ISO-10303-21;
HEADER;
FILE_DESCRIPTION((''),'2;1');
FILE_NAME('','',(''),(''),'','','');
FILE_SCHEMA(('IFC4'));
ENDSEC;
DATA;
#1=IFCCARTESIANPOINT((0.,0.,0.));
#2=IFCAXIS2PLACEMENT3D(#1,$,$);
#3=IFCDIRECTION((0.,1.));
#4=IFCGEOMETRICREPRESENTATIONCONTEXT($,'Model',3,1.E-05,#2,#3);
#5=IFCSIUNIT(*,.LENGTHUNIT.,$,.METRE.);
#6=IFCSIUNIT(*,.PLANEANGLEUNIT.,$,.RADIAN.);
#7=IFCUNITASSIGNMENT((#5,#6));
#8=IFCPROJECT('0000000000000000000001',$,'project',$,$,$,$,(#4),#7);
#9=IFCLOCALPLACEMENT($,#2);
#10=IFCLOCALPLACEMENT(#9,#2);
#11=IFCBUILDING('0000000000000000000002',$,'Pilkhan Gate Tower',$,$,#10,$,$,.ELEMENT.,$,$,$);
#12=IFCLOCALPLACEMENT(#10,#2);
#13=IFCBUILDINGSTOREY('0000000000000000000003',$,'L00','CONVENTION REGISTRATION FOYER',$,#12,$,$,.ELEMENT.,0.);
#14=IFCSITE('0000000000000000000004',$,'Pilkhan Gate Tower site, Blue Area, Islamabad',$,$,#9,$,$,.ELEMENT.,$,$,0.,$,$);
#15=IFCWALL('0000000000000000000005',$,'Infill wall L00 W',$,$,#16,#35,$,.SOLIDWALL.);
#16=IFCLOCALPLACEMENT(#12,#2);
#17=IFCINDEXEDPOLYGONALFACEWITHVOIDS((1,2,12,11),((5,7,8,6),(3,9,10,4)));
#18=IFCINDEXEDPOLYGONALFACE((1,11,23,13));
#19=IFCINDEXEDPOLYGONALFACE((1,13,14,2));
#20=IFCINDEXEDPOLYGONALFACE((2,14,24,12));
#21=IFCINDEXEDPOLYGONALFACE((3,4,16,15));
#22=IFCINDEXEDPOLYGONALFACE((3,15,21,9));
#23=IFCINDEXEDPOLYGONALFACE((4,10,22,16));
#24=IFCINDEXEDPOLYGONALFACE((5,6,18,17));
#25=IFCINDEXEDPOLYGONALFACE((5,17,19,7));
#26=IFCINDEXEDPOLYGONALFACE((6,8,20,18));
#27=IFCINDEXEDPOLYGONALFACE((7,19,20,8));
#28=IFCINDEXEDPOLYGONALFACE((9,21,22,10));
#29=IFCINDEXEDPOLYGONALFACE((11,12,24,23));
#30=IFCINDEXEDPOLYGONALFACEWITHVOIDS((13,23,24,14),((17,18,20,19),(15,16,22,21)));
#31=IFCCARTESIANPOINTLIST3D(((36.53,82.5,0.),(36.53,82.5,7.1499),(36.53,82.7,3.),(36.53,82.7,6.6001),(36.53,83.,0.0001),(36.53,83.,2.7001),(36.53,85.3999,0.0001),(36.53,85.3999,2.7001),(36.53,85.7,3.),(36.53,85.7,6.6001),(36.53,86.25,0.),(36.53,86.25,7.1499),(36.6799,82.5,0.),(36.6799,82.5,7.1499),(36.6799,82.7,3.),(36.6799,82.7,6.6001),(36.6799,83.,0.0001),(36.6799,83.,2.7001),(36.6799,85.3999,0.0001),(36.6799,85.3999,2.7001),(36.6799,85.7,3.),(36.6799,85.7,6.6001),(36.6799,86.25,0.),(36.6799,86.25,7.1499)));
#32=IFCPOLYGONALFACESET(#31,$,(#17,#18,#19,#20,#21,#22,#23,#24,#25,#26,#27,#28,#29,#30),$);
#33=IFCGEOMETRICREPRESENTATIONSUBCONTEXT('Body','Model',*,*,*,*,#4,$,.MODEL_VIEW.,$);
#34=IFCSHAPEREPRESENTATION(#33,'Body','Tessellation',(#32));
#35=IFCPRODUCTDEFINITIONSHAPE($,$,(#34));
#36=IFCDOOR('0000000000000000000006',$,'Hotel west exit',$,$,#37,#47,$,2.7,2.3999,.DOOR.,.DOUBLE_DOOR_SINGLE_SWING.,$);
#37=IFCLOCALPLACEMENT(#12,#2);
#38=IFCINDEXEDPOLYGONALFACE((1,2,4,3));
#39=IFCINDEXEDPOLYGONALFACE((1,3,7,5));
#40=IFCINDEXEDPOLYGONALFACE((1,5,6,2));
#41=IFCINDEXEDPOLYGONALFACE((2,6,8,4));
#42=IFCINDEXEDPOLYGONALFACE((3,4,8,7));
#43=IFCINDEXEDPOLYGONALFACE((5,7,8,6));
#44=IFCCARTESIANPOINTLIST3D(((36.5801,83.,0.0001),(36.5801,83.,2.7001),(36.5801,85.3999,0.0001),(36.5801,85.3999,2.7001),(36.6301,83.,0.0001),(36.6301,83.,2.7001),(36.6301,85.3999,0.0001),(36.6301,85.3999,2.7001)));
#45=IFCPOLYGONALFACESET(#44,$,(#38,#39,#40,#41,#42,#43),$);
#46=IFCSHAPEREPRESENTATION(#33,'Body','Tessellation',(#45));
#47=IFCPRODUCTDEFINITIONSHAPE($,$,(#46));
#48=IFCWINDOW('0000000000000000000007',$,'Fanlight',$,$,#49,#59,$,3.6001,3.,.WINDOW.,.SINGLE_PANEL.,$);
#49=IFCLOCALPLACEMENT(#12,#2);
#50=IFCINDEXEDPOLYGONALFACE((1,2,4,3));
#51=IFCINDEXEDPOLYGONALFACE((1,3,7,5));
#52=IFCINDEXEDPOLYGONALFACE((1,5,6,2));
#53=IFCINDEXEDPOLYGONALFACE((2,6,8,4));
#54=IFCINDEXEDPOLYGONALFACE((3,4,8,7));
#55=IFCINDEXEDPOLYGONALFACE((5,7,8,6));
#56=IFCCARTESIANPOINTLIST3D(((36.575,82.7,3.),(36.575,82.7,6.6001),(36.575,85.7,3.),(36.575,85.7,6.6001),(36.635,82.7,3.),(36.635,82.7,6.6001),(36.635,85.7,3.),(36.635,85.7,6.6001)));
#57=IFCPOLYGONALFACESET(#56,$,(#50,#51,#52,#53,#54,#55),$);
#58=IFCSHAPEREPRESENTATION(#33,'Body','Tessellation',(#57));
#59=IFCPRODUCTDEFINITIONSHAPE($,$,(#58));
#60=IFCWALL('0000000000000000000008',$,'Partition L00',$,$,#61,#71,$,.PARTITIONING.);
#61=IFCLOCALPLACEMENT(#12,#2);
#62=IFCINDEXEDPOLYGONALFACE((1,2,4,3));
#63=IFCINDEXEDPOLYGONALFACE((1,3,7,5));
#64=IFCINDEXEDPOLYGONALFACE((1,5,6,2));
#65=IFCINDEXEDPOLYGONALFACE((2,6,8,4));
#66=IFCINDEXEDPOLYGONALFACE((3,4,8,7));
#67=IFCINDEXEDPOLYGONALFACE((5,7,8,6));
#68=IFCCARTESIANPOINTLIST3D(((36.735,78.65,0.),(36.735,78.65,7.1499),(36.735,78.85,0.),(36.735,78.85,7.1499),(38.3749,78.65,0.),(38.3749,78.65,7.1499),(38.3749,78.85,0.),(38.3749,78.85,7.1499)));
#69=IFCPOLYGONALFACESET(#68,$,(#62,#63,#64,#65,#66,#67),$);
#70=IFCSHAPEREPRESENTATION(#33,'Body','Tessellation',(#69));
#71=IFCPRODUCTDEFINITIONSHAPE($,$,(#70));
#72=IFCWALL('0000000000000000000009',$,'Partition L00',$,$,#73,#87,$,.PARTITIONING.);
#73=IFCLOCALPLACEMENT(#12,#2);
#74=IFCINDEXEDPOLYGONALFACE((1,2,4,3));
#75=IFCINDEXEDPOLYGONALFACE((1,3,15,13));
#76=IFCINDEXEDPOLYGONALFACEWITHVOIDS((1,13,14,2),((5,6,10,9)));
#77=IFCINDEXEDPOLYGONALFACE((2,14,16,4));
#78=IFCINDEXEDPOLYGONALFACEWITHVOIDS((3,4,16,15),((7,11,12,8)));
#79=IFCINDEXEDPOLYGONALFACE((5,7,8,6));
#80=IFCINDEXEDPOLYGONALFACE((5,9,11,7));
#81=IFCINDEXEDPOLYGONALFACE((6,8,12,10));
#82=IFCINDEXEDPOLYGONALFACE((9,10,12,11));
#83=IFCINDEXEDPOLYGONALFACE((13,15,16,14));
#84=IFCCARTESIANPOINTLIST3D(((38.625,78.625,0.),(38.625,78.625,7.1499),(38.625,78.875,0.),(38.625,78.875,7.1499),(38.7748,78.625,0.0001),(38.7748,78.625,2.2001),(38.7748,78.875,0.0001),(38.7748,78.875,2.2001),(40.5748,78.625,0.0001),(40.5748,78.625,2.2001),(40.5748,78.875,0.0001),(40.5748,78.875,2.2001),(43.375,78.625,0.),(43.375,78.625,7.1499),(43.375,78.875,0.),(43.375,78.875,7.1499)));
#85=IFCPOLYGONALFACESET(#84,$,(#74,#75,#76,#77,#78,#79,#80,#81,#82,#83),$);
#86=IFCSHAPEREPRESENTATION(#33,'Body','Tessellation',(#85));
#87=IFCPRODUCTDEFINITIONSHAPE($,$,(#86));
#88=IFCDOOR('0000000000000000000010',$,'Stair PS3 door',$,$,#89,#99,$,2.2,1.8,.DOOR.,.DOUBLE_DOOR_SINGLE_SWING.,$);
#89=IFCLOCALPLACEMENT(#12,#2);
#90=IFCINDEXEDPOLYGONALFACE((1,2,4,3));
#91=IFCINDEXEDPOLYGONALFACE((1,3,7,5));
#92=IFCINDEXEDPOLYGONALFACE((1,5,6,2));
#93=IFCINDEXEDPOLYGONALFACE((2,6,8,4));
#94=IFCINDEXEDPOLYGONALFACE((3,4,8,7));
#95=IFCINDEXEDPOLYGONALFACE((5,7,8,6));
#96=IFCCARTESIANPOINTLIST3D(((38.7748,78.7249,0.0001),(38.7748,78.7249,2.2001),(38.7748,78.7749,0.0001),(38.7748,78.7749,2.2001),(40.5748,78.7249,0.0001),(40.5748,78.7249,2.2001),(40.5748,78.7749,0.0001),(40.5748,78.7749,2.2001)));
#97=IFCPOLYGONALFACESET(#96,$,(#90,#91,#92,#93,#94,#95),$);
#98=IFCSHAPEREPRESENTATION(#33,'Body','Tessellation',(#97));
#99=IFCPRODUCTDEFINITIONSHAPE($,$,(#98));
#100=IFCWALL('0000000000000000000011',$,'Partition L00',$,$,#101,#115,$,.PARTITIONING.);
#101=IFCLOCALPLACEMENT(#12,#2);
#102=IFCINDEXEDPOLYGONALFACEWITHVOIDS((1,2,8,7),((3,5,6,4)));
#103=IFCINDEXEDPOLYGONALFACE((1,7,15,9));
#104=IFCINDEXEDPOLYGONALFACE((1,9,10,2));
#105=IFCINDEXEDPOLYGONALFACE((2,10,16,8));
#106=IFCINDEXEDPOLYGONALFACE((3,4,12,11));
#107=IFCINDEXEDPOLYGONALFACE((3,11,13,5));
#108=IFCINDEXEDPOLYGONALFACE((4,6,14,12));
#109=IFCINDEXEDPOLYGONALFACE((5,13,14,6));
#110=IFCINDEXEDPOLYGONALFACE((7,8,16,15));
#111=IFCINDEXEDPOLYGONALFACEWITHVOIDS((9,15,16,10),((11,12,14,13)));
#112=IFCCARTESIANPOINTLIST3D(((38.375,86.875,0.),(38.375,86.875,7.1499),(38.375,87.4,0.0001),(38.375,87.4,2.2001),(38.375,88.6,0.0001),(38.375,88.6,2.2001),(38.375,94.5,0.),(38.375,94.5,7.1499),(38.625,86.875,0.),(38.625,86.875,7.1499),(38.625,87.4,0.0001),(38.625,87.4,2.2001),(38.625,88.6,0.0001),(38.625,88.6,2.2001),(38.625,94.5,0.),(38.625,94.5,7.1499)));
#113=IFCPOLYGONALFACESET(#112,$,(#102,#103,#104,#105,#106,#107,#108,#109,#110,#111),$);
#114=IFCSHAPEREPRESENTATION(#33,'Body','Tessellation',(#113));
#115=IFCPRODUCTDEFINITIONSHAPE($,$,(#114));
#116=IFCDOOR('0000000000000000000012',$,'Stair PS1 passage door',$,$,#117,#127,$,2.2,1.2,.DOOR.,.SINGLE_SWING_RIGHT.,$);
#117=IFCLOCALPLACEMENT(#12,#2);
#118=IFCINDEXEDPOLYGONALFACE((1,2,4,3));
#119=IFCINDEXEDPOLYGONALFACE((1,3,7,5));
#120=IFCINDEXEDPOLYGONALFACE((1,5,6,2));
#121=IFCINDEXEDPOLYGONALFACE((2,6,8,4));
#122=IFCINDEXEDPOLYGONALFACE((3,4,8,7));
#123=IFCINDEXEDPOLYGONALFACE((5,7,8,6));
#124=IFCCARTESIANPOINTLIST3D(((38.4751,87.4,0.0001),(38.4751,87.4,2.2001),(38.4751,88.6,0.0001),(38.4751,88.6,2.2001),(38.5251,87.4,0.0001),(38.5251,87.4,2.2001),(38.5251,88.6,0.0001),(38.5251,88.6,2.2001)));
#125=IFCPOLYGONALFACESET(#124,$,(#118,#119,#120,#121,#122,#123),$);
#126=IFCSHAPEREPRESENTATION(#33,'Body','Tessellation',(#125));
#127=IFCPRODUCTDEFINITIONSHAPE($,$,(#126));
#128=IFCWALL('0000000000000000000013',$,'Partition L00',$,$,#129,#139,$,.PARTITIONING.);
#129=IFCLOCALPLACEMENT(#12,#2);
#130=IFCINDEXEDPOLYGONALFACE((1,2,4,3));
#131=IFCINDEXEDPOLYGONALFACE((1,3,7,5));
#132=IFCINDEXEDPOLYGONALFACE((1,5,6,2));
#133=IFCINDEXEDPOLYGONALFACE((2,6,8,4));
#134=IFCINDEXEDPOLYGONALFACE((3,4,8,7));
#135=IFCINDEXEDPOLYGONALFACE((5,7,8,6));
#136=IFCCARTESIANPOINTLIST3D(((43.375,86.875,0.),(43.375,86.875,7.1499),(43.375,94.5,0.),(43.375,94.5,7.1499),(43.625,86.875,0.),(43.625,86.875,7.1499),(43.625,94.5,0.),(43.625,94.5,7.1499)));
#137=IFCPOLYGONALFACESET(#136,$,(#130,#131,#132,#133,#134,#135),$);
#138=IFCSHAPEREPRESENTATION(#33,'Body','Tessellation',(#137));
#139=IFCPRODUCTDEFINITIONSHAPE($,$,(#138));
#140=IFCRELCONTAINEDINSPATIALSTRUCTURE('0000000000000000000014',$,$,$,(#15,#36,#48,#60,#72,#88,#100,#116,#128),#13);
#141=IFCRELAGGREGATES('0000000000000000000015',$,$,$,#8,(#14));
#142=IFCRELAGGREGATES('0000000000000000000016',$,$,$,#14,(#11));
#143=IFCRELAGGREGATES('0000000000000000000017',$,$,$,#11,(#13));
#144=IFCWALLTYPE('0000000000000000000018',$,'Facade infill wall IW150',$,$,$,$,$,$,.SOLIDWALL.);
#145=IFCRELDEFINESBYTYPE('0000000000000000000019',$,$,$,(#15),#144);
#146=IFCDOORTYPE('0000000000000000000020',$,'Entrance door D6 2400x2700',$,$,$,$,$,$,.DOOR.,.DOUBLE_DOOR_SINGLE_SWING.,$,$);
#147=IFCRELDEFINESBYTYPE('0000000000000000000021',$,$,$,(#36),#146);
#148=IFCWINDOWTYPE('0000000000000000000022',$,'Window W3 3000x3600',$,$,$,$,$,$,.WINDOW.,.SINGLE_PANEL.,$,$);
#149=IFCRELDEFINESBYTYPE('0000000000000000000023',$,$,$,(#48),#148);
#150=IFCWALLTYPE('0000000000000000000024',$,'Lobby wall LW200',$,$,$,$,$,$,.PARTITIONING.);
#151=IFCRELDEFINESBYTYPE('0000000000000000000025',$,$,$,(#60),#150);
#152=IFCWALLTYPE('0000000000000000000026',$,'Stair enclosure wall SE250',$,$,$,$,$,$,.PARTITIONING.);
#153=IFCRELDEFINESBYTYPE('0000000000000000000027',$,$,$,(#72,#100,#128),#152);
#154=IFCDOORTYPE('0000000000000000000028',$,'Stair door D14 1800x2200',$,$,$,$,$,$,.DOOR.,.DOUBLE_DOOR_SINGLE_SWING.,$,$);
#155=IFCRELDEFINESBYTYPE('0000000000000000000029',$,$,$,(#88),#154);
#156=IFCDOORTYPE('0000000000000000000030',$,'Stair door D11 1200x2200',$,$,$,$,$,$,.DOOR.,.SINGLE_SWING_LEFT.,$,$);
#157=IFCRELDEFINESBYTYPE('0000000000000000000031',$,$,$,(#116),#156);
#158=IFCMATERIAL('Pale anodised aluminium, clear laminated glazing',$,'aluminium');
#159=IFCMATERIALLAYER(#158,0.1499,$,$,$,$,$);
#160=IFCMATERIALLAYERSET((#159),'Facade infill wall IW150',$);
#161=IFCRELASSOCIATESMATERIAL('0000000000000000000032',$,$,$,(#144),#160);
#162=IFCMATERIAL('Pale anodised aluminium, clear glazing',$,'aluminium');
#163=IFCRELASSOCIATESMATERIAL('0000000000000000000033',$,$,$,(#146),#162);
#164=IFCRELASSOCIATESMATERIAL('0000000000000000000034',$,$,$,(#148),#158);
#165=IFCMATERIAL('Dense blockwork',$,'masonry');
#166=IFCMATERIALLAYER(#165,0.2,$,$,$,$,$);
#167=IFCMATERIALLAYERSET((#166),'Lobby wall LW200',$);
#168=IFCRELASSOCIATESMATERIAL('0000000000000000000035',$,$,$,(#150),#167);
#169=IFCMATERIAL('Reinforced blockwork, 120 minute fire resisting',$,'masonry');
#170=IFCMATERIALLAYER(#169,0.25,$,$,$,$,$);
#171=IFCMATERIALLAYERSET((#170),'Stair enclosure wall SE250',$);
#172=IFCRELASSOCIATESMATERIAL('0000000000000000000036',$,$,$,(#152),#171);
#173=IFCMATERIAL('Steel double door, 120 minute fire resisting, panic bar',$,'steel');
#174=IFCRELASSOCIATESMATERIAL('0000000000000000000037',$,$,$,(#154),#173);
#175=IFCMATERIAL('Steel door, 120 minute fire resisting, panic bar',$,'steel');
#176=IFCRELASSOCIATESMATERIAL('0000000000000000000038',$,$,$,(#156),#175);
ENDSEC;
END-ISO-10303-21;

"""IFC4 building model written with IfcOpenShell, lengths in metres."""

from ifc_helpers import new_model, si_unit, direction, frame, frame_2d, origin, place, context, subcontext, project, spatial, rectangle, extrude, material, layer, layer_set, type_object, element, fill, save


model = new_model("IFC4")

# Units and contexts
model_context = context("Model", 3, precision=1e-05, world=origin(), true_north=direction((0.0, 1.0)))
body_context = subcontext(model_context, "Body", "Model", "MODEL_VIEW")
ifc_project = project(units=[si_unit("LENGTHUNIT", "METRE"), si_unit("PLANEANGLEUNIT", "RADIAN")], contexts=[model_context])

# Site, building, storey
site_placement = place(None, origin())
site = spatial("IfcSite", under=ifc_project, at=site_placement, Name="Pilkhan Gate Tower site, Blue Area, Islamabad", CompositionType="ELEMENT", RefElevation=0.0)
building_placement = place(site_placement, origin())
building = spatial("IfcBuilding", under=site, at=building_placement, Name="Pilkhan Gate Tower", CompositionType="ELEMENT")
storey_placement = place(building_placement, origin())
storey = spatial("IfcBuildingStorey", under=building, at=storey_placement, Name="L00", Description="CONVENTION REGISTRATION FOYER", CompositionType="ELEMENT", Elevation=0.0)

# Wall, openings, door, window
ifc_material_1 = material(Name="Pale anodised aluminium, clear laminated glazing", Category="aluminium")
ifc_layer_1 = layer(ifc_material_1, 0.1499)
ifc_layer_set_1 = layer_set([ifc_layer_1], Name="Facade infill wall IW150")
wall_type_1 = type_object("IfcWallType", Name="Facade infill wall IW150", PredefinedType="SOLIDWALL", material=ifc_layer_set_1)
ifc_material_2 = material(Name="Pale anodised aluminium, clear glazing", Category="aluminium")
door_type_1 = type_object("IfcDoorType", Name="Entrance door D6 2400x2700", OperationType="DOUBLE_DOOR_SINGLE_SWING", PredefinedType="DOOR", material=ifc_material_2)
window_type = type_object("IfcWindowType", Name="Window W3 3000x3600", PartitioningType="SINGLE_PANEL", PredefinedType="WINDOW", material=ifc_material_1)
wall_1_placement = place(storey_placement, frame((36.605, 82.5, 0.0), z_axis=(0.0, 0.0, 1.0), x_axis=(0.0, 1.0, 0.0)))
wall_1 = element("IfcWall", 1, at=wall_1_placement, inside=storey, type_object=wall_type_1, Name="Infill wall L00 W", PredefinedType="SOLIDWALL", context=body_context, shape_type="SweptSolid", body=[
    extrude(rectangle(XDim=3.75, YDim=0.1499, at=frame_2d((1.875, 0.0))), origin(), (0.0, 0.0, 1.0), 7.1499),
])
opening_1_placement = place(wall_1_placement, frame((0.5, 0.0, 0.0)))
opening_1 = element("IfcOpeningElement", 2, at=opening_1_placement, cuts=wall_1, PredefinedType="OPENING", context=body_context, shape_type="SweptSolid", body=[
    extrude(rectangle(XDim=2.3999, YDim=2.7, at=frame_2d((1.2, 1.3501))), frame((0.0, 0.085, 0.0), z_axis=(0.0, -1.0, 0.0), x_axis=(1.0, 0.0, 0.0)), (0.0, 0.0, 1.0), 0.1699),
])
opening_2_placement = place(wall_1_placement, frame((0.2, 0.0, 3.0)))
opening_2 = element("IfcOpeningElement", 3, at=opening_2_placement, cuts=wall_1, PredefinedType="OPENING", context=body_context, shape_type="SweptSolid", body=[
    extrude(rectangle(XDim=3.0, YDim=3.6001, at=frame_2d((1.5, 1.8))), frame((0.0, 0.085, 0.0), z_axis=(0.0, -1.0, 0.0), x_axis=(1.0, 0.0, 0.0)), (0.0, 0.0, 1.0), 0.1699),
])
door_1_placement = place(opening_1_placement, origin())
door_1 = element("IfcDoor", 4, at=door_1_placement, inside=storey, type_object=door_type_1, Name="Hotel west exit", OperationType="DOUBLE_DOOR_SINGLE_SWING", OverallHeight=2.7, OverallWidth=2.3999, PredefinedType="DOOR", context=body_context, shape_type="SweptSolid", body=[
    extrude(rectangle(XDim=2.3999, YDim=2.7, at=frame_2d((1.2, 1.3501))), frame((0.0, 0.0249, 0.0), z_axis=(0.0, -1.0, 0.0), x_axis=(1.0, 0.0, 0.0)), (0.0, 0.0, 1.0), 0.05),
])
fill(opening_1, door_1)
window_1_placement = place(opening_2_placement, origin())
window_1 = element("IfcWindow", 5, at=window_1_placement, inside=storey, type_object=window_type, Name="Fanlight", OverallHeight=3.6001, OverallWidth=3.0, PartitioningType="SINGLE_PANEL", PredefinedType="WINDOW", context=body_context, shape_type="SweptSolid", body=[
    extrude(rectangle(XDim=3.0, YDim=3.6001, at=frame_2d((1.5, 1.8))), frame((0.0, 0.03, 0.0), z_axis=(0.0, -1.0, 0.0), x_axis=(1.0, 0.0, 0.0)), (0.0, 0.0, 1.0), 0.0601),
])
fill(opening_2, window_1)

# Wall
ifc_material_3 = material(Name="Dense blockwork", Category="masonry")
ifc_layer_2 = layer(ifc_material_3, 0.2)
ifc_layer_set_2 = layer_set([ifc_layer_2], Name="Lobby wall LW200")
wall_type_2 = type_object("IfcWallType", Name="Lobby wall LW200", PredefinedType="PARTITIONING", material=ifc_layer_set_2)
wall_2_placement = place(storey_placement, frame((36.7351, 78.75, 0.0), z_axis=(0.0, 0.0, 1.0), x_axis=(1.0, 0.0, 0.0)))
element("IfcWall", 6, at=wall_2_placement, inside=storey, type_object=wall_type_2, Name="Partition L00", PredefinedType="PARTITIONING", context=body_context, shape_type="SweptSolid", body=[
    extrude(rectangle(XDim=1.6399, YDim=0.2, at=frame_2d((0.8198, 0.0))), origin(), (0.0, 0.0, 1.0), 7.1499),
])

# Walls, openings, doors
ifc_material_4 = material(Name="Reinforced blockwork, 120 minute fire resisting", Category="masonry")
ifc_layer_3 = layer(ifc_material_4, 0.25)
ifc_layer_set_3 = layer_set([ifc_layer_3], Name="Stair enclosure wall SE250")
wall_type_3 = type_object("IfcWallType", Name="Stair enclosure wall SE250", PredefinedType="PARTITIONING", material=ifc_layer_set_3)
wall_3_placement = place(storey_placement, frame((38.625, 78.75, 0.0), z_axis=(0.0, 0.0, 1.0), x_axis=(1.0, 0.0, 0.0)))
wall_3 = element("IfcWall", 7, at=wall_3_placement, inside=storey, type_object=wall_type_3, Name="Partition L00", PredefinedType="PARTITIONING", context=body_context, shape_type="SweptSolid", body=[
    extrude(rectangle(XDim=4.75, YDim=0.25, at=frame_2d((2.375, 0.0))), origin(), (0.0, 0.0, 1.0), 7.1499),
])
opening_3_placement = place(wall_3_placement, frame((0.1499, 0.0, 0.0)))
opening_3 = element("IfcOpeningElement", 8, at=opening_3_placement, cuts=wall_3, PredefinedType="OPENING", context=body_context, shape_type="SweptSolid", body=[
    extrude(rectangle(XDim=1.8, YDim=2.2, at=frame_2d((0.8999, 1.1001))), frame((0.0, 0.135, 0.0), z_axis=(0.0, -1.0, 0.0), x_axis=(1.0, 0.0, 0.0)), (0.0, 0.0, 1.0), 0.27),
])
ifc_material_5 = material(Name="Steel double door, 120 minute fire resisting, panic bar", Category="steel")
door_type_2 = type_object("IfcDoorType", Name="Stair door D14 1800x2200", OperationType="DOUBLE_DOOR_SINGLE_SWING", PredefinedType="DOOR", material=ifc_material_5)
door_2_placement = place(opening_3_placement, origin())
door_2 = element("IfcDoor", 9, at=door_2_placement, inside=storey, type_object=door_type_2, Name="Stair PS3 door", OperationType="DOUBLE_DOOR_SINGLE_SWING", OverallHeight=2.2, OverallWidth=1.8, PredefinedType="DOOR", context=body_context, shape_type="SweptSolid", body=[
    extrude(rectangle(XDim=1.8, YDim=2.2, at=frame_2d((0.8999, 1.1001))), frame((0.0, 0.0249, 0.0), z_axis=(0.0, -1.0, 0.0), x_axis=(1.0, 0.0, 0.0)), (0.0, 0.0, 1.0), 0.05),
])
fill(opening_3, door_2)
wall_4_placement = place(storey_placement, frame((38.5, 86.875, 0.0), z_axis=(0.0, 0.0, 1.0), x_axis=(0.0, 1.0, 0.0)))
wall_4 = element("IfcWall", 10, at=wall_4_placement, inside=storey, type_object=wall_type_3, Name="Partition L00", PredefinedType="PARTITIONING", context=body_context, shape_type="SweptSolid", body=[
    extrude(rectangle(XDim=7.625, YDim=0.25, at=frame_2d((3.8125, 0.0))), origin(), (0.0, 0.0, 1.0), 7.1499),
])
opening_4_placement = place(wall_4_placement, frame((0.5249, 0.0, 0.0)))
opening_4 = element("IfcOpeningElement", 11, at=opening_4_placement, cuts=wall_4, PredefinedType="OPENING", context=body_context, shape_type="SweptSolid", body=[
    extrude(rectangle(XDim=1.2, YDim=2.2, at=frame_2d((0.6001, 1.1001))), frame((0.0, 0.135, 0.0), z_axis=(0.0, -1.0, 0.0), x_axis=(1.0, 0.0, 0.0)), (0.0, 0.0, 1.0), 0.27),
])
ifc_material_6 = material(Name="Steel door, 120 minute fire resisting, panic bar", Category="steel")
door_type_3 = type_object("IfcDoorType", Name="Stair door D11 1200x2200", OperationType="SINGLE_SWING_LEFT", PredefinedType="DOOR", material=ifc_material_6)
door_3_placement = place(opening_4_placement, origin())
door_3 = element("IfcDoor", 12, at=door_3_placement, inside=storey, type_object=door_type_3, Name="Stair PS1 passage door", OperationType="SINGLE_SWING_RIGHT", OverallHeight=2.2, OverallWidth=1.2, PredefinedType="DOOR", context=body_context, shape_type="SweptSolid", body=[
    extrude(rectangle(XDim=1.2, YDim=2.2, at=frame_2d((0.6001, 1.1001))), frame((0.0, 0.0249, 0.0), z_axis=(0.0, -1.0, 0.0), x_axis=(1.0, 0.0, 0.0)), (0.0, 0.0, 1.0), 0.05),
])
fill(opening_4, door_3)

# Wall
wall_5_placement = place(storey_placement, frame((43.5, 86.875, 0.0), z_axis=(0.0, 0.0, 1.0), x_axis=(0.0, 1.0, 0.0)))
element("IfcWall", 13, at=wall_5_placement, inside=storey, type_object=wall_type_3, Name="Partition L00", PredefinedType="PARTITIONING", context=body_context, shape_type="SweptSolid", body=[
    extrude(rectangle(XDim=7.625, YDim=0.25, at=frame_2d((3.8125, 0.0))), origin(), (0.0, 0.0, 1.0), 7.1499),
])

save(model, "model.ifc")
